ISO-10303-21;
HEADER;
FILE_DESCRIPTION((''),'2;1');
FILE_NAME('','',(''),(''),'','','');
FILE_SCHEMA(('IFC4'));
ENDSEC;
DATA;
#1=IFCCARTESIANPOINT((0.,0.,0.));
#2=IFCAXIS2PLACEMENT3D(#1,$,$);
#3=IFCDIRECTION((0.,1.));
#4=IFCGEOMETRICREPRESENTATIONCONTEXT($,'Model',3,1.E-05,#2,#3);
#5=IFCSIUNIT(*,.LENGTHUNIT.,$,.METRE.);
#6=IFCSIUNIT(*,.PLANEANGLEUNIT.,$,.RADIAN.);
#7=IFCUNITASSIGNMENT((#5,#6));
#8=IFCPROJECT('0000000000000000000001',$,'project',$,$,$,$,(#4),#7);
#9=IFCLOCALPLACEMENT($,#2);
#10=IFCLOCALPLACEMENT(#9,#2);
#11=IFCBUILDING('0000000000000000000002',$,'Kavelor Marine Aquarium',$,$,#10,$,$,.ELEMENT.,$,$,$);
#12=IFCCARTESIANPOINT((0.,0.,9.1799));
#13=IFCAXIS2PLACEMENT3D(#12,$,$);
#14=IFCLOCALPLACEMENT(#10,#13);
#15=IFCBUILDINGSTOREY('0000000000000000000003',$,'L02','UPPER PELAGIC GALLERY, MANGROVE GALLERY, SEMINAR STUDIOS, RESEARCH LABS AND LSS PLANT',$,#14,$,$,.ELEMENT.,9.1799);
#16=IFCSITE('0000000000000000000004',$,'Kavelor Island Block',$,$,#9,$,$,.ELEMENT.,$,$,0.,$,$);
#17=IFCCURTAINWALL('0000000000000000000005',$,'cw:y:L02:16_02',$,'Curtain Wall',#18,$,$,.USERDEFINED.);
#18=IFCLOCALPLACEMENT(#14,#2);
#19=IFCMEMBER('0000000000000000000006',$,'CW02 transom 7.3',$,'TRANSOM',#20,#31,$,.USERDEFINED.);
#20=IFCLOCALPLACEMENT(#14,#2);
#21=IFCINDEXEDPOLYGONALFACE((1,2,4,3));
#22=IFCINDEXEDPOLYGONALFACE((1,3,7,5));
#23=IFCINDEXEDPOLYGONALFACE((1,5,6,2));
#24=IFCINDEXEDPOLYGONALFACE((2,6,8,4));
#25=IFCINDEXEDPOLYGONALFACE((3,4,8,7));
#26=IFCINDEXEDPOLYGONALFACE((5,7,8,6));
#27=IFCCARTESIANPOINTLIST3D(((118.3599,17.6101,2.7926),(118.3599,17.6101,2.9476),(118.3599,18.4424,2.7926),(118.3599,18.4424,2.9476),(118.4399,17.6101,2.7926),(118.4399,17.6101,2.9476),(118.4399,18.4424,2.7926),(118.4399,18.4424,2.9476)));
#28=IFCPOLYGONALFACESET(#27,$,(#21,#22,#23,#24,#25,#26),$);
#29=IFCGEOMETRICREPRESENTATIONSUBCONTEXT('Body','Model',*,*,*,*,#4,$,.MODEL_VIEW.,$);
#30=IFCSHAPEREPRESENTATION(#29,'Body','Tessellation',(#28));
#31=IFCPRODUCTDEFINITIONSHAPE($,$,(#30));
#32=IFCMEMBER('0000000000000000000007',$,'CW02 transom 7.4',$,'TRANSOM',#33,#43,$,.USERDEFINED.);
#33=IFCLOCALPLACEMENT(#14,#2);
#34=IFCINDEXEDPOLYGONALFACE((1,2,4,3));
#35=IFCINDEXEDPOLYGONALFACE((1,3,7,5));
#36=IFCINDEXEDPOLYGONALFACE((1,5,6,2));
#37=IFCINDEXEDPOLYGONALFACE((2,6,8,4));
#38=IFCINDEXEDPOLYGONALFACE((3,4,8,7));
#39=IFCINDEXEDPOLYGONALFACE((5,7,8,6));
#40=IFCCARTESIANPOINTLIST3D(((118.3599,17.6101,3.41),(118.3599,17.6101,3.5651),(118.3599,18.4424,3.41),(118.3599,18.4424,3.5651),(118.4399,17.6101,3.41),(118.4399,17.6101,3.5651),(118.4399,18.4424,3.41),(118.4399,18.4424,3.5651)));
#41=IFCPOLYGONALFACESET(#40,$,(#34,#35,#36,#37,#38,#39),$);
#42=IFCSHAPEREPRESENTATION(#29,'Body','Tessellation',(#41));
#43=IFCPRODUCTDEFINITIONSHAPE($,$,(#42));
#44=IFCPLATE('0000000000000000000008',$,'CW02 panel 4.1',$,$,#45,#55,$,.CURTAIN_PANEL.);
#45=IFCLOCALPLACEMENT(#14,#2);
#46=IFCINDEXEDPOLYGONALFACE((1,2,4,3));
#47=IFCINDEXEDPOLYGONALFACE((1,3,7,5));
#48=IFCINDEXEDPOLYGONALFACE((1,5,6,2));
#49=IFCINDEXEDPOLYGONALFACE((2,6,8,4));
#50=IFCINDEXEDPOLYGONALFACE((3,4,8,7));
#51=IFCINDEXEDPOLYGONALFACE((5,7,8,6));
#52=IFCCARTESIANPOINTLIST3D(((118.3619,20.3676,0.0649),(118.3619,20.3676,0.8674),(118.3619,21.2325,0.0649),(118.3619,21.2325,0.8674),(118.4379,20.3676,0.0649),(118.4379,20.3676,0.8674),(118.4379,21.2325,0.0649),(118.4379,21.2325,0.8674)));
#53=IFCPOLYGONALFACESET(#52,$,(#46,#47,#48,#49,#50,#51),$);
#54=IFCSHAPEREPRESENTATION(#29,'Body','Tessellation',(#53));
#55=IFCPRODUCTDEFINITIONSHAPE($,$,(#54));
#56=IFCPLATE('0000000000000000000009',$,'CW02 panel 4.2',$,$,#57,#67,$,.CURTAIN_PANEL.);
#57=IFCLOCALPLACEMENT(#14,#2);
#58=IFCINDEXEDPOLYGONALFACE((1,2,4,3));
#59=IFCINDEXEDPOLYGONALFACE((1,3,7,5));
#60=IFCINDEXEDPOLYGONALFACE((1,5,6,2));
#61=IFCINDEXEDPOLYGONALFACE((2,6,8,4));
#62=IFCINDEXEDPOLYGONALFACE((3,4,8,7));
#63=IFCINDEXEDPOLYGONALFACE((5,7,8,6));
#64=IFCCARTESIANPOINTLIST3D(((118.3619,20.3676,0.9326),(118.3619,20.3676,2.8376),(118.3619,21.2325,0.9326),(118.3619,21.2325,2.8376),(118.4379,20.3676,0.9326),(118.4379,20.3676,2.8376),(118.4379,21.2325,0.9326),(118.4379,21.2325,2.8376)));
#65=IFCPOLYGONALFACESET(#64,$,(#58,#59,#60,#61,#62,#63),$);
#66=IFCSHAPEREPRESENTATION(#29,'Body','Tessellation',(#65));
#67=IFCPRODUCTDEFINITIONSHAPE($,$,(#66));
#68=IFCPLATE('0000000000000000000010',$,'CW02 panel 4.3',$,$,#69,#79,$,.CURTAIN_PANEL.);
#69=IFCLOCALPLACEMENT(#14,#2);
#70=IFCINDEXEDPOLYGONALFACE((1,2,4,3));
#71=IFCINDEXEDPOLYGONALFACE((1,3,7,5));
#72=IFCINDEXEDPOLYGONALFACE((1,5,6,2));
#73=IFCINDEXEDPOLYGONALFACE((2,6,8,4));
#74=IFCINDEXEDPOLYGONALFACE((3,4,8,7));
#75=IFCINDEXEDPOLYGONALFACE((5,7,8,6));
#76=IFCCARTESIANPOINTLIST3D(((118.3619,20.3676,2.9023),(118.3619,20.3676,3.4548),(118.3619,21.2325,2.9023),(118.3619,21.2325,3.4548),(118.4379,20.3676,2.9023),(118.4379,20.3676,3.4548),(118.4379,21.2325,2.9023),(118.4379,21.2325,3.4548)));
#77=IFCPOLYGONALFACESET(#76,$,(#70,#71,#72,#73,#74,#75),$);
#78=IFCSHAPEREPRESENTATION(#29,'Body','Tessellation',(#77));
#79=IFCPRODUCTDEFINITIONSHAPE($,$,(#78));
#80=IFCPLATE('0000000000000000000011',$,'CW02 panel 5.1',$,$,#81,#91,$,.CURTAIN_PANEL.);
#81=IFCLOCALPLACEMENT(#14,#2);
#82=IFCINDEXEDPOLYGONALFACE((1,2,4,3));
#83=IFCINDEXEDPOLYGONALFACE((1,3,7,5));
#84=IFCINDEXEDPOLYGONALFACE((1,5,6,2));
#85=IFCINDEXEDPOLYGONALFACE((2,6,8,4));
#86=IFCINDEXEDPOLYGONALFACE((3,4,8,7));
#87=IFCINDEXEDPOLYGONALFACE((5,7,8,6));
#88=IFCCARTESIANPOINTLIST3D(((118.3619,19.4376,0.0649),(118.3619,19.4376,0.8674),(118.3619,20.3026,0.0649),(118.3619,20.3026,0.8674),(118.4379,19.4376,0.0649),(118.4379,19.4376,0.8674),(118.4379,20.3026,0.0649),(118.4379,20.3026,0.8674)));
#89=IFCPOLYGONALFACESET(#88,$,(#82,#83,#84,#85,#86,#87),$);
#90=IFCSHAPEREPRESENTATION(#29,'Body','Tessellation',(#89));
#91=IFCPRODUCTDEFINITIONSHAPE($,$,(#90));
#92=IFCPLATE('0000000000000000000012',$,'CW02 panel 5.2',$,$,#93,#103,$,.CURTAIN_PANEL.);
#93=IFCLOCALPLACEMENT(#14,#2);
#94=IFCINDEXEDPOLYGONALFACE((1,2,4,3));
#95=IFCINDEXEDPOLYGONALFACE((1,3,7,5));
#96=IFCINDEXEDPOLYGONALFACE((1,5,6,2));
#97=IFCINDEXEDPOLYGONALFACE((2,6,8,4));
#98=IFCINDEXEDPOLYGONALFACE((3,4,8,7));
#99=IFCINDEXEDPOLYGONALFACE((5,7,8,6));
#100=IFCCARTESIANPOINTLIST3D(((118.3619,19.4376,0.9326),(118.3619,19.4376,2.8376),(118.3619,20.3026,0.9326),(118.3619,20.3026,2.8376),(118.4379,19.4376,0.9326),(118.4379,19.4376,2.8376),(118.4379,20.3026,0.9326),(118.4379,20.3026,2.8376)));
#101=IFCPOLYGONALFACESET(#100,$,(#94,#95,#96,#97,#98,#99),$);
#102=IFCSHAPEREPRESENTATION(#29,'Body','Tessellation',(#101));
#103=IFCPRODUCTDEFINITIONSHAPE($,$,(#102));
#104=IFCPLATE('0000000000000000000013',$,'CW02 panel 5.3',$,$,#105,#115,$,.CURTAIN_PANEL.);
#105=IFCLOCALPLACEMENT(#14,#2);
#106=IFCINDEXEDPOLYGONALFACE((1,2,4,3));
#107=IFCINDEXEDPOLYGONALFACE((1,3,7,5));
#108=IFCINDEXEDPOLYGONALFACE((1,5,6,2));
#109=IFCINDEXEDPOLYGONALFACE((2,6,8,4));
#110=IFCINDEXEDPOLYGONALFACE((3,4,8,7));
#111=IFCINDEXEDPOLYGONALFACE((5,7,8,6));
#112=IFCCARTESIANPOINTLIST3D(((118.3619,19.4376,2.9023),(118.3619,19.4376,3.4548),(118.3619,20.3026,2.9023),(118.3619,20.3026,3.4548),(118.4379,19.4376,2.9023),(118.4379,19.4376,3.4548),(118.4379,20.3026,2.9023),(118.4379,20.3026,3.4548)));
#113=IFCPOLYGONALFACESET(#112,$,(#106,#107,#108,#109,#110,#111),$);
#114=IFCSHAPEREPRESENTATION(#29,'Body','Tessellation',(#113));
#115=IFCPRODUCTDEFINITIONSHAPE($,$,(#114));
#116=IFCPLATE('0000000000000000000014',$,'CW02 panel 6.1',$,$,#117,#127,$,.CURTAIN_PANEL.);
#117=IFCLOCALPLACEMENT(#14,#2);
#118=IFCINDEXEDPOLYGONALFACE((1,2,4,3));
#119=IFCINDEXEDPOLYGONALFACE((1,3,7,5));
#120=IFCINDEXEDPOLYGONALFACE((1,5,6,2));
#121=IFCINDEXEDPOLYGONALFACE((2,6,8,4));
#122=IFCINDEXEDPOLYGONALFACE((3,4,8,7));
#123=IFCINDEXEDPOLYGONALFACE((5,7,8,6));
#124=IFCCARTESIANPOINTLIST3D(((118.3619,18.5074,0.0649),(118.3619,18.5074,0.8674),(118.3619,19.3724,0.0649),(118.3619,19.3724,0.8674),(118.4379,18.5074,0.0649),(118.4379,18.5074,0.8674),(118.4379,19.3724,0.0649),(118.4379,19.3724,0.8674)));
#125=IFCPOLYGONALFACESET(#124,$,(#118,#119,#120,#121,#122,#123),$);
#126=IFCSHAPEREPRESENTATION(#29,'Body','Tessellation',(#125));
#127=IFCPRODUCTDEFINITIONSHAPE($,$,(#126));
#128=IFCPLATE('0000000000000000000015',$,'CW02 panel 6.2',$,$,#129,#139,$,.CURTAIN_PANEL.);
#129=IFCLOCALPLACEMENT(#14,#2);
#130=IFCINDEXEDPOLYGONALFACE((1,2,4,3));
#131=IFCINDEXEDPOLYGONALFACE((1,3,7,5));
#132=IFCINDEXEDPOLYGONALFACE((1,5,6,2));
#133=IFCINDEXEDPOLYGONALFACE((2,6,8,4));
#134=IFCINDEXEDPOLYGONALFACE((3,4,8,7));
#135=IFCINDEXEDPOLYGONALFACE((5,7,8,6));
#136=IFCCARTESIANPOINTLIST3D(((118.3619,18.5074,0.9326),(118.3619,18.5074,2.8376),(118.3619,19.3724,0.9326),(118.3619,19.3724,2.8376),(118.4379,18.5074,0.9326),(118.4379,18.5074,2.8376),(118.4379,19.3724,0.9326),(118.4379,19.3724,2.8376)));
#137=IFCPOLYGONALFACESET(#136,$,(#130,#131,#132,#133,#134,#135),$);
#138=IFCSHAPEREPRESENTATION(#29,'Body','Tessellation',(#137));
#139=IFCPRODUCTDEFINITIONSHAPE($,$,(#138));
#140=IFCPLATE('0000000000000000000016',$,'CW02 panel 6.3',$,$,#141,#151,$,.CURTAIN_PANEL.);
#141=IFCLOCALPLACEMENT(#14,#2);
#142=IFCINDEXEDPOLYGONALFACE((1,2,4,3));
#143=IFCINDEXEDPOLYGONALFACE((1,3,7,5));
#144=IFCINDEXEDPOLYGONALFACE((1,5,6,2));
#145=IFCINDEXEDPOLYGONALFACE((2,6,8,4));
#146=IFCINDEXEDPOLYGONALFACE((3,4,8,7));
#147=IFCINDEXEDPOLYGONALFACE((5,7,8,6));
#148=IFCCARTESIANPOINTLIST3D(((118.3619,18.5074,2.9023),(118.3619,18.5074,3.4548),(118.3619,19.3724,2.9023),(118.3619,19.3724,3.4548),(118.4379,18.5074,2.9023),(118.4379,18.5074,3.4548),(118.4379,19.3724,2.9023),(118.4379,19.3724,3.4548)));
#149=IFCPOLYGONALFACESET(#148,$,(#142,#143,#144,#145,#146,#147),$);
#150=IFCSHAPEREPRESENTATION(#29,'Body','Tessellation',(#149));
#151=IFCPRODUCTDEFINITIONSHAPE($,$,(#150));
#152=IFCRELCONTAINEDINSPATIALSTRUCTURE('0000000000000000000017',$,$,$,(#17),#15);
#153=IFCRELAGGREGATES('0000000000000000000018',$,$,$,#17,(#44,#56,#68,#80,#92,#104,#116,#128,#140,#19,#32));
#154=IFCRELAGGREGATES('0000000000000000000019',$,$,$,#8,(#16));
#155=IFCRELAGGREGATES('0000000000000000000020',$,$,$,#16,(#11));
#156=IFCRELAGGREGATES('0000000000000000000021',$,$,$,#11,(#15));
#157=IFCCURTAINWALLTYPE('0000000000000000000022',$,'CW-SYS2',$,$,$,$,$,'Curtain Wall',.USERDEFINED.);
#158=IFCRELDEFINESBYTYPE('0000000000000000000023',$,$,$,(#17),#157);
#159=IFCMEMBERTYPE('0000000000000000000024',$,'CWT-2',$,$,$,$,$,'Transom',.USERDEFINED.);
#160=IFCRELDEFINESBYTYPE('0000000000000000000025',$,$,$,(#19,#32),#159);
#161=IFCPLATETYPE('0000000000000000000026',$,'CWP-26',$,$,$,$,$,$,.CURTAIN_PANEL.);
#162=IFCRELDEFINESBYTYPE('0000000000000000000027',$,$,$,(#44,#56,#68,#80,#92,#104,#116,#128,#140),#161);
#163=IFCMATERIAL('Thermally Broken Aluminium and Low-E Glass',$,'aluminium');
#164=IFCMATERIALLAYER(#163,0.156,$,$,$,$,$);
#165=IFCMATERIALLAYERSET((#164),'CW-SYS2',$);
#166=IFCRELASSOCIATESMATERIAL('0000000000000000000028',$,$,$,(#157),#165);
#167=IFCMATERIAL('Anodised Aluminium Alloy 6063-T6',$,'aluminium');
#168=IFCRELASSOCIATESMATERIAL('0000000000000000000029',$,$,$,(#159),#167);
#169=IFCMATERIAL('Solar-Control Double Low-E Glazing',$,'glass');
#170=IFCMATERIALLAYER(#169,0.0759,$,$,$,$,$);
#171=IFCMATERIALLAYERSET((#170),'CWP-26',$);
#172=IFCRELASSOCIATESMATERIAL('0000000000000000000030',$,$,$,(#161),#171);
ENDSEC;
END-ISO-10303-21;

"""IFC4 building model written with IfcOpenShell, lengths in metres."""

from ifc_helpers import new_model, si_unit, direction, frame, origin, origin_2d, place, context, subcontext, project, spatial, rectangle, extrude, material, layer, layer_set, material_profile, profile_set, type_object, element, aggregate, save


model = new_model("IFC4")

# Units and contexts
model_context = context("Model", 3, precision=1e-05, world=origin(), true_north=direction((0.0, 1.0)))
body_context = subcontext(model_context, "Body", "Model", "MODEL_VIEW")
ifc_project = project(units=[si_unit("LENGTHUNIT", "METRE"), si_unit("PLANEANGLEUNIT", "RADIAN")], contexts=[model_context])

# Site, building, storey
site_placement = place(None, origin())
site = spatial("IfcSite", under=ifc_project, at=site_placement, Name="Kavelor Island Block", CompositionType="ELEMENT", RefElevation=0.0)
building_placement = place(site_placement, origin())
building = spatial("IfcBuilding", under=site, at=building_placement, Name="Kavelor Marine Aquarium", CompositionType="ELEMENT")
storey_placement = place(building_placement, frame((0.0, 0.0, 9.1799)))
storey = spatial("IfcBuildingStorey", under=building, at=storey_placement, Name="L02", Description="UPPER PELAGIC GALLERY, MANGROVE GALLERY, SEMINAR STUDIOS, RESEARCH LABS AND LSS PLANT", CompositionType="ELEMENT", Elevation=9.1799)

# Curtain wall, members, plates
ifc_material_1 = material(Name="Thermally Broken Aluminium and Low-E Glass", Category="aluminium")
ifc_layer_1 = layer(ifc_material_1, 0.156)
ifc_layer_set_1 = layer_set([ifc_layer_1], Name="CW-SYS2")
curtain_wall_type = type_object("IfcCurtainWallType", Name="CW-SYS2", ElementType="Curtain Wall", PredefinedType="USERDEFINED", material=ifc_layer_set_1)
curtain_wall_placement = place(storey_placement, origin())
curtain_wall = element("IfcCurtainWall", 1, at=curtain_wall_placement, inside=storey, type_object=curtain_wall_type, Name="cw:y:L02:16_02", ObjectType="Curtain Wall", PredefinedType="USERDEFINED")
ifc_material_2 = material(Name="Anodised Aluminium Alloy 6063-T6", Category="aluminium")
ifc_material_profile_1 = material_profile(ifc_material_2, rectangle(XDim=0.0801, YDim=0.155, at=origin_2d()), Name="CW-TRN 80x155")
ifc_profile_set_1 = profile_set([ifc_material_profile_1], Name="Anodised Aluminium Alloy 6063-T6")
member_type_1 = type_object("IfcMemberType", Name="CWT-2", ElementType="Transom", PredefinedType="USERDEFINED", material=ifc_profile_set_1)
member_1_placement = place(storey_placement, frame((118.3999, 18.4424, 2.8701), z_axis=(0.0, -1.0, 0.0), x_axis=(1.0, 0.0, 0.0)))
member_1 = element("IfcMember", 2, at=member_1_placement, type_object=member_type_1, Name="CW02 transom 7.3", ObjectType="TRANSOM", PredefinedType="USERDEFINED", context=body_context, shape_type="SweptSolid", body=[
    extrude(rectangle(XDim=0.0801, YDim=0.155, at=origin_2d()), origin(), (0.0, 0.0, 1.0), 0.8323),
])
member_2_placement = place(storey_placement, frame((118.3999, 18.4424, 3.4875), z_axis=(0.0, -1.0, 0.0), x_axis=(1.0, 0.0, 0.0)))
member_2 = element("IfcMember", 3, at=member_2_placement, type_object=member_type_1, Name="CW02 transom 7.4", ObjectType="TRANSOM", PredefinedType="USERDEFINED", context=body_context, shape_type="SweptSolid", body=[
    extrude(rectangle(XDim=0.0801, YDim=0.155, at=origin_2d()), origin(), (0.0, 0.0, 1.0), 0.8323),
])
ifc_material_3 = material(Name="Solar-Control Double Low-E Glazing", Category="glass")
ifc_layer_2 = layer(ifc_material_3, 0.0759)
ifc_layer_set_2 = layer_set([ifc_layer_2], Name="CWP-26")
plate_type = type_object("IfcPlateType", Name="CWP-26", PredefinedType="CURTAIN_PANEL", material=ifc_layer_set_2)
plate_1_placement = place(storey_placement, frame((118.3999, 20.8, 0.0649), z_axis=(0.0, 0.0, 1.0), x_axis=(0.0, -1.0, 0.0)))
plate_1 = element("IfcPlate", 4, at=plate_1_placement, type_object=plate_type, Name="CW02 panel 4.1", PredefinedType="CURTAIN_PANEL", context=body_context, shape_type="SweptSolid", body=[
    extrude(rectangle(XDim=0.865, YDim=0.0759, at=origin_2d()), origin(), (0.0, 0.0, 1.0), 0.8025),
])
plate_2_placement = place(storey_placement, frame((118.3999, 20.8, 0.9326), z_axis=(0.0, 0.0, 1.0), x_axis=(0.0, -1.0, 0.0)))
plate_2 = element("IfcPlate", 5, at=plate_2_placement, type_object=plate_type, Name="CW02 panel 4.2", PredefinedType="CURTAIN_PANEL", context=body_context, shape_type="SweptSolid", body=[
    extrude(rectangle(XDim=0.865, YDim=0.0759, at=origin_2d()), origin(), (0.0, 0.0, 1.0), 1.905),
])
plate_3_placement = place(storey_placement, frame((118.3999, 20.8, 2.9023), z_axis=(0.0, 0.0, 1.0), x_axis=(0.0, -1.0, 0.0)))
plate_3 = element("IfcPlate", 6, at=plate_3_placement, type_object=plate_type, Name="CW02 panel 4.3", PredefinedType="CURTAIN_PANEL", context=body_context, shape_type="SweptSolid", body=[
    extrude(rectangle(XDim=0.865, YDim=0.0759, at=origin_2d()), origin(), (0.0, 0.0, 1.0), 0.5525),
])
plate_4_placement = place(storey_placement, frame((118.3999, 19.8701, 0.0649), z_axis=(0.0, 0.0, 1.0), x_axis=(0.0, -1.0, 0.0)))
plate_4 = element("IfcPlate", 7, at=plate_4_placement, type_object=plate_type, Name="CW02 panel 5.1", PredefinedType="CURTAIN_PANEL", context=body_context, shape_type="SweptSolid", body=[
    extrude(rectangle(XDim=0.865, YDim=0.0759, at=origin_2d()), origin(), (0.0, 0.0, 1.0), 0.8025),
])
plate_5_placement = place(storey_placement, frame((118.3999, 19.8701, 0.9326), z_axis=(0.0, 0.0, 1.0), x_axis=(0.0, -1.0, 0.0)))
plate_5 = element("IfcPlate", 8, at=plate_5_placement, type_object=plate_type, Name="CW02 panel 5.2", PredefinedType="CURTAIN_PANEL", context=body_context, shape_type="SweptSolid", body=[
    extrude(rectangle(XDim=0.865, YDim=0.0759, at=origin_2d()), origin(), (0.0, 0.0, 1.0), 1.905),
])
plate_6_placement = place(storey_placement, frame((118.3999, 19.8701, 2.9023), z_axis=(0.0, 0.0, 1.0), x_axis=(0.0, -1.0, 0.0)))
plate_6 = element("IfcPlate", 9, at=plate_6_placement, type_object=plate_type, Name="CW02 panel 5.3", PredefinedType="CURTAIN_PANEL", context=body_context, shape_type="SweptSolid", body=[
    extrude(rectangle(XDim=0.865, YDim=0.0759, at=origin_2d()), origin(), (0.0, 0.0, 1.0), 0.5525),
])
plate_7_placement = place(storey_placement, frame((118.3999, 18.9399, 0.0649), z_axis=(0.0, 0.0, 1.0), x_axis=(0.0, -1.0, 0.0)))
plate_7 = element("IfcPlate", 10, at=plate_7_placement, type_object=plate_type, Name="CW02 panel 6.1", PredefinedType="CURTAIN_PANEL", context=body_context, shape_type="SweptSolid", body=[
    extrude(rectangle(XDim=0.865, YDim=0.0759, at=origin_2d()), origin(), (0.0, 0.0, 1.0), 0.8025),
])
plate_8_placement = place(storey_placement, frame((118.3999, 18.9399, 0.9326), z_axis=(0.0, 0.0, 1.0), x_axis=(0.0, -1.0, 0.0)))
plate_8 = element("IfcPlate", 11, at=plate_8_placement, type_object=plate_type, Name="CW02 panel 6.2", PredefinedType="CURTAIN_PANEL", context=body_context, shape_type="SweptSolid", body=[
    extrude(rectangle(XDim=0.865, YDim=0.0759, at=origin_2d()), origin(), (0.0, 0.0, 1.0), 1.905),
])
plate_9_placement = place(storey_placement, frame((118.3999, 18.9399, 2.9023), z_axis=(0.0, 0.0, 1.0), x_axis=(0.0, -1.0, 0.0)))
plate_9 = element("IfcPlate", 12, at=plate_9_placement, type_object=plate_type, Name="CW02 panel 6.3", PredefinedType="CURTAIN_PANEL", context=body_context, shape_type="SweptSolid", body=[
    extrude(rectangle(XDim=0.865, YDim=0.0759, at=origin_2d()), origin(), (0.0, 0.0, 1.0), 0.5525),
])
aggregate(curtain_wall, [plate_1, plate_2, plate_3, plate_4, plate_5, plate_6, plate_7, plate_8, plate_9, member_1, member_2])

save(model, "model.ifc")
